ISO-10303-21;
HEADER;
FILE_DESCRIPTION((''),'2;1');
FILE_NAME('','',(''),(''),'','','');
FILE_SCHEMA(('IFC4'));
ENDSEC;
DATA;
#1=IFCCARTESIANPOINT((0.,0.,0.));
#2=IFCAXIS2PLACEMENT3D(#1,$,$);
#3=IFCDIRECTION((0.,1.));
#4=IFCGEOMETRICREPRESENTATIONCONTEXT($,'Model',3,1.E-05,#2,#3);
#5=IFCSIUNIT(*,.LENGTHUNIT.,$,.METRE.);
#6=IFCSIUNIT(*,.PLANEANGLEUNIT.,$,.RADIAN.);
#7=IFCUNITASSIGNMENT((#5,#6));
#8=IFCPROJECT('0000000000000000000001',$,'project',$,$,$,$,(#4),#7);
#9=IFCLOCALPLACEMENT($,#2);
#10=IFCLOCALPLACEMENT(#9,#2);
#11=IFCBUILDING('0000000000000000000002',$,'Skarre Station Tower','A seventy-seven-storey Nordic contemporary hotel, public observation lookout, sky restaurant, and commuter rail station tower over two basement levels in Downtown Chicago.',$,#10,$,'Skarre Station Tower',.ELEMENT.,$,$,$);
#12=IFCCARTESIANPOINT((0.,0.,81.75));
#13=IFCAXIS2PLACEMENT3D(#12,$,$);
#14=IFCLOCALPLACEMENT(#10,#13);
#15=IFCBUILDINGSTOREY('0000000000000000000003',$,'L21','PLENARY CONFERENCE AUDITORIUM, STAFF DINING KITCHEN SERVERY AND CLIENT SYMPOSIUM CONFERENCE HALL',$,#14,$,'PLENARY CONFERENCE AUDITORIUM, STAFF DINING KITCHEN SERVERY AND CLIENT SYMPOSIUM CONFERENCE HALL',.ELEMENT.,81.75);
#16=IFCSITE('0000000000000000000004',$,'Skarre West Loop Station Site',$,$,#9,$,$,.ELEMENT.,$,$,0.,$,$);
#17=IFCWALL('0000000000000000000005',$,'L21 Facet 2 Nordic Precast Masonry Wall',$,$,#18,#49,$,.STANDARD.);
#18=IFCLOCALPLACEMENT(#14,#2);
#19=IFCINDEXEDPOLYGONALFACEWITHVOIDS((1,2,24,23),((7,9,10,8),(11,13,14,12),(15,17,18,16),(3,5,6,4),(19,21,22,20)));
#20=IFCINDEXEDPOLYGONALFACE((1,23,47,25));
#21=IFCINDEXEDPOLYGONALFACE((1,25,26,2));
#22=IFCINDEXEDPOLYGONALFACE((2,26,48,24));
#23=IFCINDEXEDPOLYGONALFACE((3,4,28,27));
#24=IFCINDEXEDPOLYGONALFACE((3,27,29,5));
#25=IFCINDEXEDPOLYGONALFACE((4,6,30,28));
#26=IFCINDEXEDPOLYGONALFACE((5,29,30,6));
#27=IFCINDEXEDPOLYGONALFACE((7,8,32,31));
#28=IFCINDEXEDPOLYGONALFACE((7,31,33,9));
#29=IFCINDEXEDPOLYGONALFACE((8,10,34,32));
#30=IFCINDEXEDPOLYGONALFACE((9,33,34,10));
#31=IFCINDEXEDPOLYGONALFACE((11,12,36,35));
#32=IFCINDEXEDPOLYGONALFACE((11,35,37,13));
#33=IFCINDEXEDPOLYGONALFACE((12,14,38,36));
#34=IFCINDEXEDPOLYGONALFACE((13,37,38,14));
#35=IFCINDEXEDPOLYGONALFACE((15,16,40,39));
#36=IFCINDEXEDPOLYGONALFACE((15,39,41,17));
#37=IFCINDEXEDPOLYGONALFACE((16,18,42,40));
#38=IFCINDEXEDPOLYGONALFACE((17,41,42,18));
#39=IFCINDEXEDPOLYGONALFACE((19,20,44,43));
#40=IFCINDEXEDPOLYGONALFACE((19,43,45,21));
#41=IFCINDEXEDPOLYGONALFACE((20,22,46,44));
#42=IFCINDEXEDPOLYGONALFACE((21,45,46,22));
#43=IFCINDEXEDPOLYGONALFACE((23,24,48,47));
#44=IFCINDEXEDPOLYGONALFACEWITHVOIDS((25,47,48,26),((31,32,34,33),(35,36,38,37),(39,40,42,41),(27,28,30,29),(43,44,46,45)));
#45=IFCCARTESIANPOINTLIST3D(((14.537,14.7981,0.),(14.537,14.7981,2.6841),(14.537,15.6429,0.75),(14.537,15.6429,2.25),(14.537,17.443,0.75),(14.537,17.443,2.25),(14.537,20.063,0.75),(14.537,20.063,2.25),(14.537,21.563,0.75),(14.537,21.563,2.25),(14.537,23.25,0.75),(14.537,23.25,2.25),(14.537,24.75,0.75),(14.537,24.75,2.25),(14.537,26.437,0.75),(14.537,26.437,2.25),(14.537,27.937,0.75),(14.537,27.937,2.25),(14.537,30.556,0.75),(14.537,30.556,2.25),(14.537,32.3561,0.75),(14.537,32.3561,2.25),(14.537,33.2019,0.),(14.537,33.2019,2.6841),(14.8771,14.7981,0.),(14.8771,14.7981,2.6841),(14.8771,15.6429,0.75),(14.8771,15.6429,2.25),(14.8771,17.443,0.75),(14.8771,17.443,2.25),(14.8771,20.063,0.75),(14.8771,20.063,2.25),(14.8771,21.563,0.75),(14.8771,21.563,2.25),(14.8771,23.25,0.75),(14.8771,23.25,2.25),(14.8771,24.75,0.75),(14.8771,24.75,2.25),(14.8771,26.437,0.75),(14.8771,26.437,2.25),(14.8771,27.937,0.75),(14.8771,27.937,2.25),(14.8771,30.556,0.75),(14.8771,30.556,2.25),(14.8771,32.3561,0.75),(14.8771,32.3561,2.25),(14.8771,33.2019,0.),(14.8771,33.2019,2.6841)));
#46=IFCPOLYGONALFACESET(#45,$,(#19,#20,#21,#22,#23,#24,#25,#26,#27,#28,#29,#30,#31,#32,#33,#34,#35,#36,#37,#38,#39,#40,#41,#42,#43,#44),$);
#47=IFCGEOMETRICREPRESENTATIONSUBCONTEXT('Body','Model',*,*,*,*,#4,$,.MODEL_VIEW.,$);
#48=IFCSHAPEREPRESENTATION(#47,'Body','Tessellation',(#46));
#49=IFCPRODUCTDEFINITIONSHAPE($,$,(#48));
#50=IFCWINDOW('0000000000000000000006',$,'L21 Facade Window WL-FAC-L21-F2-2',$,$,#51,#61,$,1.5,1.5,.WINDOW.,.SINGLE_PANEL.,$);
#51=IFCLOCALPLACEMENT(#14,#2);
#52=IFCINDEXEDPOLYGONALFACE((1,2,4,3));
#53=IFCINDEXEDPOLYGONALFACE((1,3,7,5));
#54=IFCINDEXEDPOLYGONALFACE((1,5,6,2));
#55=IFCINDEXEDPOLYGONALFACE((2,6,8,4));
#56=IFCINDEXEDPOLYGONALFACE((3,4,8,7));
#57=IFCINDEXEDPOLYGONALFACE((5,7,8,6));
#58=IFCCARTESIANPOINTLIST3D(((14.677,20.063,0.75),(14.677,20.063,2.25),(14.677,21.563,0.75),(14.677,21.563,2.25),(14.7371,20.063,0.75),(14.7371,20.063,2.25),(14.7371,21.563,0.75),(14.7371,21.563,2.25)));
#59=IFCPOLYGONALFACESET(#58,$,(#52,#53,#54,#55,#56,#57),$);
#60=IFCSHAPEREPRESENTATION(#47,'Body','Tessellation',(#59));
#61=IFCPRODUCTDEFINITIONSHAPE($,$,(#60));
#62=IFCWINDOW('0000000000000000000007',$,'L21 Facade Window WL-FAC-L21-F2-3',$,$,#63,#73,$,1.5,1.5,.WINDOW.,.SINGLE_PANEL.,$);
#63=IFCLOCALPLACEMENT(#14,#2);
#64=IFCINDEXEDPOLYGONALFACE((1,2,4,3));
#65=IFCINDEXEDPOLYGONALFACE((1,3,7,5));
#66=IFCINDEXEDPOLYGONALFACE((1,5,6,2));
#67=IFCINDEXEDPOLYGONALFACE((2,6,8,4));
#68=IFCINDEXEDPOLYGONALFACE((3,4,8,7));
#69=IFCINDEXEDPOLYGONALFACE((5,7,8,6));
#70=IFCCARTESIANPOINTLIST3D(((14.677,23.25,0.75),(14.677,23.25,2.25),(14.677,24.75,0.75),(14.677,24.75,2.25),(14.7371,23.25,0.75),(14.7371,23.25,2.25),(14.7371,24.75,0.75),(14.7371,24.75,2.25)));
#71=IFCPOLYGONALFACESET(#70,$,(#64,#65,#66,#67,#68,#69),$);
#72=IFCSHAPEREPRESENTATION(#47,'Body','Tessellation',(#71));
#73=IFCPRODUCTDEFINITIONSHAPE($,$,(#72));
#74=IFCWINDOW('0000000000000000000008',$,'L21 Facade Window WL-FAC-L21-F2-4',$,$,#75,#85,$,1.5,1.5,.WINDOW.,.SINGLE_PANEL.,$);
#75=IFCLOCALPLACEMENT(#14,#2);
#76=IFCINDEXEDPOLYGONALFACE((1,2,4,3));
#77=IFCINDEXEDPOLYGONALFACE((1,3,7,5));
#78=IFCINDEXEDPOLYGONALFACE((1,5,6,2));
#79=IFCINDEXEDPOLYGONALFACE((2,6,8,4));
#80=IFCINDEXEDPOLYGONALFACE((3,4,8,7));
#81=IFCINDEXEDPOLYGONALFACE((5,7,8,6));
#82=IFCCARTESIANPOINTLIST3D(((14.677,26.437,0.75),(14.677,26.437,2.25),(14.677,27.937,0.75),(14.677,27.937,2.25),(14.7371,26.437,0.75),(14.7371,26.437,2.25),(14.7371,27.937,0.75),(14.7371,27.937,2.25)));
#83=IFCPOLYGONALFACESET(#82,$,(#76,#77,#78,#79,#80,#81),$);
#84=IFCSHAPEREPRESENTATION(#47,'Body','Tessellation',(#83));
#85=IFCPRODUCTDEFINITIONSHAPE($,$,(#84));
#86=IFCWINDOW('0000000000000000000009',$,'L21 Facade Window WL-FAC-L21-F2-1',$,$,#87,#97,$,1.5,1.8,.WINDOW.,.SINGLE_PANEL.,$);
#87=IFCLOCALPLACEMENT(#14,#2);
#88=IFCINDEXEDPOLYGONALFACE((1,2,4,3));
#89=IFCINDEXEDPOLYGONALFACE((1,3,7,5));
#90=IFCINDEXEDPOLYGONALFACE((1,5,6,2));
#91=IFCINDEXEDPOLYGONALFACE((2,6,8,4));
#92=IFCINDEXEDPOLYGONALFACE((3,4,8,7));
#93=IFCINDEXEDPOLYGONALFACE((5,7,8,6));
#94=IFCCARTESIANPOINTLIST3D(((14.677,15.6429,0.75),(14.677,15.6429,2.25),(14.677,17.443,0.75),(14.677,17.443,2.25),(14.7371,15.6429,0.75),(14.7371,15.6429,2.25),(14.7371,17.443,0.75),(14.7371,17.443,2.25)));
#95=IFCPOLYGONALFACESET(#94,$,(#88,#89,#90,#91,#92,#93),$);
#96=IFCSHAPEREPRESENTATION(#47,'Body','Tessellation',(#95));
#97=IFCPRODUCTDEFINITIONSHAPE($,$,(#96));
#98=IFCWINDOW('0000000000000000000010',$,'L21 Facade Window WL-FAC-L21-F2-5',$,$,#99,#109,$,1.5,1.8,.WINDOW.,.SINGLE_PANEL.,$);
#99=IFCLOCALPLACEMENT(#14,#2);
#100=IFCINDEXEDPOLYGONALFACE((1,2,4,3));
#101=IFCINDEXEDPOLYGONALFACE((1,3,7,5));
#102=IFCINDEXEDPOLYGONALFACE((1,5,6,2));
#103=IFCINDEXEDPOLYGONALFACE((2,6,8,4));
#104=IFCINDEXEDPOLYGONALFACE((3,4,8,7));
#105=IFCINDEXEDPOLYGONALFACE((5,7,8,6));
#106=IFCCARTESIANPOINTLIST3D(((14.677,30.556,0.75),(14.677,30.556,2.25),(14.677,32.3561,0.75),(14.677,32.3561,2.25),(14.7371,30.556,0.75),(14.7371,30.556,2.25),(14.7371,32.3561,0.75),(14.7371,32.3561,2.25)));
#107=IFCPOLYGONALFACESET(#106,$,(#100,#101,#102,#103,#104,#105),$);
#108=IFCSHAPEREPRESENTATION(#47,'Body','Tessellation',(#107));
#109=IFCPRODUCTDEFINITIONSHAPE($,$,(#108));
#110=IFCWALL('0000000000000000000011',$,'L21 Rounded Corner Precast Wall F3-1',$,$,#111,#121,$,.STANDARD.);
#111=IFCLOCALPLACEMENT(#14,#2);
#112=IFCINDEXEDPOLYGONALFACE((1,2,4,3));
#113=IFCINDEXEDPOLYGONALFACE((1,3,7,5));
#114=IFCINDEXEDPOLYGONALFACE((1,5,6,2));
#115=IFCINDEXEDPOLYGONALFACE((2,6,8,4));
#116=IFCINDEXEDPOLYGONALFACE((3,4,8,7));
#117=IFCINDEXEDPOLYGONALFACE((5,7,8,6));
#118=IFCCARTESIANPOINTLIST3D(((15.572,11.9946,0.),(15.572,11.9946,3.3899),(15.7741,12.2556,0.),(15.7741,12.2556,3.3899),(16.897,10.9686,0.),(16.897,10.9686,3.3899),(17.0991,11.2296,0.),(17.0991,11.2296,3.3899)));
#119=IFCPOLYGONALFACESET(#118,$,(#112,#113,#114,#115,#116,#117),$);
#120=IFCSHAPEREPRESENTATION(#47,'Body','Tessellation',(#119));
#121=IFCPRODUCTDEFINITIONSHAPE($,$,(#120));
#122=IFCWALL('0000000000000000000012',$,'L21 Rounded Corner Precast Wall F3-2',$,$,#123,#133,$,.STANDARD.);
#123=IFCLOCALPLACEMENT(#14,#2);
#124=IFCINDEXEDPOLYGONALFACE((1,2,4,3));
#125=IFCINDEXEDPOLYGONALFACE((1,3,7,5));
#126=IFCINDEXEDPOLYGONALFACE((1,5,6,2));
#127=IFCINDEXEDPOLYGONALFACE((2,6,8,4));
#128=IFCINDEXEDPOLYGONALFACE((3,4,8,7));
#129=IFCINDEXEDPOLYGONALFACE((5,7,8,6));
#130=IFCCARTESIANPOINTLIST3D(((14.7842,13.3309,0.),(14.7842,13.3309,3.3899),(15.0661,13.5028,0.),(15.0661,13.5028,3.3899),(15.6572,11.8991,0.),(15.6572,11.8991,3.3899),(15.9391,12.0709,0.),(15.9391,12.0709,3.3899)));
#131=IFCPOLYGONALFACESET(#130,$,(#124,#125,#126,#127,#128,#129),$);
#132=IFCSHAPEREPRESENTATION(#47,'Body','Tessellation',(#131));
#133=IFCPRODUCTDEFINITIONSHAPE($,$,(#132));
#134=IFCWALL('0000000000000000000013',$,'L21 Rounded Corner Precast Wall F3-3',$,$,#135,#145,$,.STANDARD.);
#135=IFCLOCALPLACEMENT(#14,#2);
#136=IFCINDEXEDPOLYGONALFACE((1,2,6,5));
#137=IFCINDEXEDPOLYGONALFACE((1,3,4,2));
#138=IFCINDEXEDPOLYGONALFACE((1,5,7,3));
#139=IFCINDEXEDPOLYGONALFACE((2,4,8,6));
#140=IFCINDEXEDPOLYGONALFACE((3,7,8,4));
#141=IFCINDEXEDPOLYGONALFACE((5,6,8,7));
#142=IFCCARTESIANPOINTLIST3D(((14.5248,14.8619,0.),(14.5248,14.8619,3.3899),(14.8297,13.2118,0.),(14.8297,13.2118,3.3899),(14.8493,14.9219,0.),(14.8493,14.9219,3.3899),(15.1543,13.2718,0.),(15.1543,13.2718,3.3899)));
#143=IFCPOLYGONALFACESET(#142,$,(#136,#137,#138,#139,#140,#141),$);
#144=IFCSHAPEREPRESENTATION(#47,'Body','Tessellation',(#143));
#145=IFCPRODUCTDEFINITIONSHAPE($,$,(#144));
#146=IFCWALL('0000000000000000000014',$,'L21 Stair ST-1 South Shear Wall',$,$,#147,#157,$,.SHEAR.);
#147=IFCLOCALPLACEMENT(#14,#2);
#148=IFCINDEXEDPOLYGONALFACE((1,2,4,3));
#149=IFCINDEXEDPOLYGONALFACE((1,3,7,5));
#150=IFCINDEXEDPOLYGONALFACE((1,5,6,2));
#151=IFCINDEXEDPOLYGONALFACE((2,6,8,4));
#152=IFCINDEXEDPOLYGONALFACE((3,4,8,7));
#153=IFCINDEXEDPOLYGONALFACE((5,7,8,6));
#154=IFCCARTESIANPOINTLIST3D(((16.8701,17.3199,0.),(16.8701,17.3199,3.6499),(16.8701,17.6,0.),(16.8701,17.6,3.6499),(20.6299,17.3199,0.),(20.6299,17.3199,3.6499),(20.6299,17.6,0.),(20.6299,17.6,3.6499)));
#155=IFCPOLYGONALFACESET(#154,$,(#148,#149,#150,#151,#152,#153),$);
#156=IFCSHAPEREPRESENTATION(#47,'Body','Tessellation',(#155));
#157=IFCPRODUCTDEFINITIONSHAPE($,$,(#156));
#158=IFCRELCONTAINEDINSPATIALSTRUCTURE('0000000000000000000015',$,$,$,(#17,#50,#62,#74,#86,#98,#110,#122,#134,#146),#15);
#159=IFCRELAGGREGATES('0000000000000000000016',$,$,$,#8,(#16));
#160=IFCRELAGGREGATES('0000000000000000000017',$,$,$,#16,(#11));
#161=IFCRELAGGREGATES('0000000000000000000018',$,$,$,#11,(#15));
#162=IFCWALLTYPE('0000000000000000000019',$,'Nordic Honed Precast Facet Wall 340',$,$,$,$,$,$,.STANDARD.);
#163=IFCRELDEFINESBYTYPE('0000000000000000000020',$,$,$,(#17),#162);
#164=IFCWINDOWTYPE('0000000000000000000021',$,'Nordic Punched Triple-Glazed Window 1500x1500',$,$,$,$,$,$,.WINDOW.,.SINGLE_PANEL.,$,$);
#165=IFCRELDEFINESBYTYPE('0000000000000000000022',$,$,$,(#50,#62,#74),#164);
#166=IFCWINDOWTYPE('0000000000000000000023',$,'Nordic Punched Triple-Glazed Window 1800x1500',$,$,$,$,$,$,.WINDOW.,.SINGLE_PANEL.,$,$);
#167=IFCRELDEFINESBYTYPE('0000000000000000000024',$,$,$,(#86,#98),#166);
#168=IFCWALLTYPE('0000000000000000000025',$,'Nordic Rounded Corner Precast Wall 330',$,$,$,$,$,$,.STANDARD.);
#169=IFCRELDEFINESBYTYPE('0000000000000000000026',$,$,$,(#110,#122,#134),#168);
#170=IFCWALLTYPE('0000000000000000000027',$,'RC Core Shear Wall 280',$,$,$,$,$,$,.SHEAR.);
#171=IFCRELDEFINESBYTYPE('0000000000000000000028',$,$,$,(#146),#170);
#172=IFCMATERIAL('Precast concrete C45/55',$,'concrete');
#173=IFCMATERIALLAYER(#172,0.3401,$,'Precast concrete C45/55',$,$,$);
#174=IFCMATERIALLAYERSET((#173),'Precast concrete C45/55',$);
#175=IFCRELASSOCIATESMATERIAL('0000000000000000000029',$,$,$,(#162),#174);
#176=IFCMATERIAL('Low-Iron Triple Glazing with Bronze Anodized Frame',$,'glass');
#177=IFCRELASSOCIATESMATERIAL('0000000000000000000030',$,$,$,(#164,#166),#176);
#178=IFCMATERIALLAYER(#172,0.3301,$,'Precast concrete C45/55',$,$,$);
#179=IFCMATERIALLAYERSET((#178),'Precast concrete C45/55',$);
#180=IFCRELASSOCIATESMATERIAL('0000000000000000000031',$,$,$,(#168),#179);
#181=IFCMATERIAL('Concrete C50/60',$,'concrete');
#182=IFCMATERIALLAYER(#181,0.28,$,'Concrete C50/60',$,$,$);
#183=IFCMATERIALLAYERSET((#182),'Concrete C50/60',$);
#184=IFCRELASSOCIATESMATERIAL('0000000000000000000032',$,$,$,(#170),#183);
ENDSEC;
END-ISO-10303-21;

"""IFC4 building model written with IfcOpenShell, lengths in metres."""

from ifc_helpers import new_model, si_unit, direction, frame, frame_2d, origin, place, context, subcontext, project, spatial, rectangle, extrude, material, layer, layer_set, type_object, element, fill, save


model = new_model("IFC4")

# Units and contexts
model_context = context("Model", 3, precision=1e-05, world=origin(), true_north=direction((0.0, 1.0)))
body_context = subcontext(model_context, "Body", "Model", "MODEL_VIEW")
ifc_project = project(units=[si_unit("LENGTHUNIT", "METRE"), si_unit("PLANEANGLEUNIT", "RADIAN")], contexts=[model_context])

# Site, building, storey
site_placement = place(None, origin())
site = spatial("IfcSite", under=ifc_project, at=site_placement, Name="Skarre West Loop Station Site", CompositionType="ELEMENT", RefElevation=0.0)
building_placement = place(site_placement, origin())
building = spatial("IfcBuilding", under=site, at=building_placement, Name="Skarre Station Tower", Description="A seventy-seven-storey Nordic contemporary hotel, public observation lookout, sky restaurant, and commuter rail station tower over two basement levels in Downtown Chicago.", LongName="Skarre Station Tower", CompositionType="ELEMENT")
storey_placement = place(building_placement, frame((0.0, 0.0, 81.75)))
storey = spatial("IfcBuildingStorey", under=building, at=storey_placement, Name="L21", Description="PLENARY CONFERENCE AUDITORIUM, STAFF DINING KITCHEN SERVERY AND CLIENT SYMPOSIUM CONFERENCE HALL", LongName="PLENARY CONFERENCE AUDITORIUM, STAFF DINING KITCHEN SERVERY AND CLIENT SYMPOSIUM CONFERENCE HALL", CompositionType="ELEMENT", Elevation=81.75)

# Shared definitions
ifc_material_1 = material(Name="Concrete C50/60", Category="concrete")

# Wall, openings, windows
ifc_material_2 = material(Name="Precast concrete C45/55", Category="concrete")
ifc_layer_1 = layer(ifc_material_2, 0.3401, Name="Precast concrete C45/55")
ifc_layer_set_1 = layer_set([ifc_layer_1], Name="Precast concrete C45/55")
wall_type_1 = type_object("IfcWallType", Name="Nordic Honed Precast Facet Wall 340", PredefinedType="STANDARD", material=ifc_layer_set_1)
wall_1_placement = place(storey_placement, frame((14.707, 14.7981, 0.0), z_axis=(0.0, 0.0, 1.0), x_axis=(0.0, 1.0, 0.0)))
wall_1 = element("IfcWall", 1, at=wall_1_placement, inside=storey, type_object=wall_type_1, Name="L21 Facet 2 Nordic Precast Masonry Wall", PredefinedType="STANDARD", context=body_context, shape_type="SweptSolid", body=[
    extrude(rectangle(XDim=18.4038, YDim=0.3401, at=frame_2d((9.2019, 0.0))), origin(), (0.0, 0.0, 1.0), 2.6841),
])
opening_1_placement = place(wall_1_placement, frame((0.845, 0.0, 0.75)))
opening_1 = element("IfcOpeningElement", 2, at=opening_1_placement, cuts=wall_1, PredefinedType="OPENING", context=body_context, shape_type="SweptSolid", body=[
    extrude(rectangle(XDim=1.8, YDim=1.5, at=frame_2d((0.8999, 0.75))), frame((0.0, 0.1799, 0.0), z_axis=(0.0, -1.0, 0.0), x_axis=(1.0, 0.0, 0.0)), (0.0, 0.0, 1.0), 0.3601),
])
opening_2_placement = place(wall_1_placement, frame((5.2649, 0.0, 0.75)))
opening_2 = element("IfcOpeningElement", 3, at=opening_2_placement, cuts=wall_1, PredefinedType="OPENING", context=body_context, shape_type="SweptSolid", body=[
    extrude(rectangle(XDim=1.5, YDim=1.5, at=frame_2d((0.75, 0.75))), frame((0.0, 0.1799, 0.0), z_axis=(0.0, -1.0, 0.0), x_axis=(1.0, 0.0, 0.0)), (0.0, 0.0, 1.0), 0.3601),
])
opening_3_placement = place(wall_1_placement, frame((8.4519, 0.0, 0.75)))
opening_3 = element("IfcOpeningElement", 4, at=opening_3_placement, cuts=wall_1, PredefinedType="OPENING", context=body_context, shape_type="SweptSolid", body=[
    extrude(rectangle(XDim=1.5, YDim=1.5, at=frame_2d((0.75, 0.75))), frame((0.0, 0.1799, 0.0), z_axis=(0.0, -1.0, 0.0), x_axis=(1.0, 0.0, 0.0)), (0.0, 0.0, 1.0), 0.3601),
])
opening_4_placement = place(wall_1_placement, frame((11.6389, 0.0, 0.75)))
opening_4 = element("IfcOpeningElement", 5, at=opening_4_placement, cuts=wall_1, PredefinedType="OPENING", context=body_context, shape_type="SweptSolid", body=[
    extrude(rectangle(XDim=1.5, YDim=1.5, at=frame_2d((0.75, 0.75))), frame((0.0, 0.1799, 0.0), z_axis=(0.0, -1.0, 0.0), x_axis=(1.0, 0.0, 0.0)), (0.0, 0.0, 1.0), 0.3601),
])
opening_5_placement = place(wall_1_placement, frame((15.7581, 0.0, 0.75)))
opening_5 = element("IfcOpeningElement", 6, at=opening_5_placement, cuts=wall_1, PredefinedType="OPENING", context=body_context, shape_type="SweptSolid", body=[
    extrude(rectangle(XDim=1.8, YDim=1.5, at=frame_2d((0.8999, 0.75))), frame((0.0, 0.1799, 0.0), z_axis=(0.0, -1.0, 0.0), x_axis=(1.0, 0.0, 0.0)), (0.0, 0.0, 1.0), 0.3601),
])
ifc_material_3 = material(Name="Low-Iron Triple Glazing with Bronze Anodized Frame", Category="glass")
window_type_1 = type_object("IfcWindowType", Name="Nordic Punched Triple-Glazed Window 1500x1500", PartitioningType="SINGLE_PANEL", PredefinedType="WINDOW", material=ifc_material_3)
window_1_placement = place(opening_2_placement, origin())
window_1 = element("IfcWindow", 7, at=window_1_placement, inside=storey, type_object=window_type_1, Name="L21 Facade Window WL-FAC-L21-F2-2", OverallHeight=1.5, OverallWidth=1.5, PartitioningType="SINGLE_PANEL", PredefinedType="WINDOW", context=body_context, shape_type="SweptSolid", body=[
    extrude(rectangle(XDim=1.5, YDim=1.5, at=frame_2d((0.75, 0.75))), frame((0.0, 0.03, 0.0), z_axis=(0.0, -1.0, 0.0), x_axis=(1.0, 0.0, 0.0)), (0.0, 0.0, 1.0), 0.0601),
])
fill(opening_2, window_1)
window_2_placement = place(opening_3_placement, origin())
window_2 = element("IfcWindow", 8, at=window_2_placement, inside=storey, type_object=window_type_1, Name="L21 Facade Window WL-FAC-L21-F2-3", OverallHeight=1.5, OverallWidth=1.5, PartitioningType="SINGLE_PANEL", PredefinedType="WINDOW", context=body_context, shape_type="SweptSolid", body=[
    extrude(rectangle(XDim=1.5, YDim=1.5, at=frame_2d((0.75, 0.75))), frame((0.0, 0.03, 0.0), z_axis=(0.0, -1.0, 0.0), x_axis=(1.0, 0.0, 0.0)), (0.0, 0.0, 1.0), 0.0601),
])
fill(opening_3, window_2)
window_3_placement = place(opening_4_placement, origin())
window_3 = element("IfcWindow", 9, at=window_3_placement, inside=storey, type_object=window_type_1, Name="L21 Facade Window WL-FAC-L21-F2-4", OverallHeight=1.5, OverallWidth=1.5, PartitioningType="SINGLE_PANEL", PredefinedType="WINDOW", context=body_context, shape_type="SweptSolid", body=[
    extrude(rectangle(XDim=1.5, YDim=1.5, at=frame_2d((0.75, 0.75))), frame((0.0, 0.03, 0.0), z_axis=(0.0, -1.0, 0.0), x_axis=(1.0, 0.0, 0.0)), (0.0, 0.0, 1.0), 0.0601),
])
fill(opening_4, window_3)
window_type_2 = type_object("IfcWindowType", Name="Nordic Punched Triple-Glazed Window 1800x1500", PartitioningType="SINGLE_PANEL", PredefinedType="WINDOW", material=ifc_material_3)
window_4_placement = place(opening_1_placement, origin())
window_4 = element("IfcWindow", 10, at=window_4_placement, inside=storey, type_object=window_type_2, Name="L21 Facade Window WL-FAC-L21-F2-1", OverallHeight=1.5, OverallWidth=1.8, PartitioningType="SINGLE_PANEL", PredefinedType="WINDOW", context=body_context, shape_type="SweptSolid", body=[
    extrude(rectangle(XDim=1.8, YDim=1.5, at=frame_2d((0.8999, 0.75))), frame((0.0, 0.03, 0.0), z_axis=(0.0, -1.0, 0.0), x_axis=(1.0, 0.0, 0.0)), (0.0, 0.0, 1.0), 0.0601),
])
fill(opening_1, window_4)
window_5_placement = place(opening_5_placement, origin())
window_5 = element("IfcWindow", 11, at=window_5_placement, inside=storey, type_object=window_type_2, Name="L21 Facade Window WL-FAC-L21-F2-5", OverallHeight=1.5, OverallWidth=1.8, PartitioningType="SINGLE_PANEL", PredefinedType="WINDOW", context=body_context, shape_type="SweptSolid", body=[
    extrude(rectangle(XDim=1.8, YDim=1.5, at=frame_2d((0.8999, 0.75))), frame((0.0, 0.03, 0.0), z_axis=(0.0, -1.0, 0.0), x_axis=(1.0, 0.0, 0.0)), (0.0, 0.0, 1.0), 0.0601),
])
fill(opening_5, window_5)

# Walls
ifc_layer_2 = layer(ifc_material_2, 0.3301, Name="Precast concrete C45/55")
ifc_layer_set_2 = layer_set([ifc_layer_2], Name="Precast concrete C45/55")
wall_type_2 = type_object("IfcWallType", Name="Nordic Rounded Corner Precast Wall 330", PredefinedType="STANDARD", material=ifc_layer_set_2)
wall_2_placement = place(storey_placement, frame((16.998, 11.0991, 0.0), z_axis=(0.0, 0.0, 1.0), x_axis=(-0.790692, 0.612214, 0.0)))
element("IfcWall", 12, at=wall_2_placement, inside=storey, type_object=wall_type_2, Name="L21 Rounded Corner Precast Wall F3-1", PredefinedType="STANDARD", context=body_context, shape_type="SweptSolid", body=[
    extrude(rectangle(XDim=1.6758, YDim=0.3301, at=frame_2d((0.8379, 0.0))), origin(), (0.0, 0.0, 1.0), 3.3899),
])
wall_3_placement = place(storey_placement, frame((15.7981, 11.9851, 0.0), z_axis=(0.0, 0.0, 1.0), x_axis=(-0.520584, 0.85381, 0.0)))
element("IfcWall", 13, at=wall_3_placement, inside=storey, type_object=wall_type_2, Name="L21 Rounded Corner Precast Wall F3-2", PredefinedType="STANDARD", context=body_context, shape_type="SweptSolid", body=[
    extrude(rectangle(XDim=1.677, YDim=0.3301, at=frame_2d((0.8384, 0.0))), origin(), (0.0, 0.0, 1.0), 3.3899),
])
wall_4_placement = place(storey_placement, frame((14.9919, 13.2419, 0.0), z_axis=(0.0, 0.0, 1.0), x_axis=(-0.181714, 0.983351, 0.0)))
element("IfcWall", 14, at=wall_4_placement, inside=storey, type_object=wall_type_2, Name="L21 Rounded Corner Precast Wall F3-3", PredefinedType="STANDARD", context=body_context, shape_type="SweptSolid", body=[
    extrude(rectangle(XDim=1.678, YDim=0.3301, at=frame_2d((0.8389, 0.0))), origin(), (0.0, 0.0, 1.0), 3.3899),
])
ifc_layer_3 = layer(ifc_material_1, 0.28, Name="Concrete C50/60")
ifc_layer_set_3 = layer_set([ifc_layer_3], Name="Concrete C50/60")
wall_type_3 = type_object("IfcWallType", Name="RC Core Shear Wall 280", PredefinedType="SHEAR", material=ifc_layer_set_3)
wall_5_placement = place(storey_placement, frame((16.8701, 17.46, 0.0), z_axis=(0.0, 0.0, 1.0), x_axis=(1.0, 0.0, 0.0)))
element("IfcWall", 15, at=wall_5_placement, inside=storey, type_object=wall_type_3, Name="L21 Stair ST-1 South Shear Wall", PredefinedType="SHEAR", context=body_context, shape_type="SweptSolid", body=[
    extrude(rectangle(XDim=3.7598, YDim=0.28, at=frame_2d((1.8799, 0.0))), origin(), (0.0, 0.0, 1.0), 3.6499),
])

save(model, "model.ifc")
